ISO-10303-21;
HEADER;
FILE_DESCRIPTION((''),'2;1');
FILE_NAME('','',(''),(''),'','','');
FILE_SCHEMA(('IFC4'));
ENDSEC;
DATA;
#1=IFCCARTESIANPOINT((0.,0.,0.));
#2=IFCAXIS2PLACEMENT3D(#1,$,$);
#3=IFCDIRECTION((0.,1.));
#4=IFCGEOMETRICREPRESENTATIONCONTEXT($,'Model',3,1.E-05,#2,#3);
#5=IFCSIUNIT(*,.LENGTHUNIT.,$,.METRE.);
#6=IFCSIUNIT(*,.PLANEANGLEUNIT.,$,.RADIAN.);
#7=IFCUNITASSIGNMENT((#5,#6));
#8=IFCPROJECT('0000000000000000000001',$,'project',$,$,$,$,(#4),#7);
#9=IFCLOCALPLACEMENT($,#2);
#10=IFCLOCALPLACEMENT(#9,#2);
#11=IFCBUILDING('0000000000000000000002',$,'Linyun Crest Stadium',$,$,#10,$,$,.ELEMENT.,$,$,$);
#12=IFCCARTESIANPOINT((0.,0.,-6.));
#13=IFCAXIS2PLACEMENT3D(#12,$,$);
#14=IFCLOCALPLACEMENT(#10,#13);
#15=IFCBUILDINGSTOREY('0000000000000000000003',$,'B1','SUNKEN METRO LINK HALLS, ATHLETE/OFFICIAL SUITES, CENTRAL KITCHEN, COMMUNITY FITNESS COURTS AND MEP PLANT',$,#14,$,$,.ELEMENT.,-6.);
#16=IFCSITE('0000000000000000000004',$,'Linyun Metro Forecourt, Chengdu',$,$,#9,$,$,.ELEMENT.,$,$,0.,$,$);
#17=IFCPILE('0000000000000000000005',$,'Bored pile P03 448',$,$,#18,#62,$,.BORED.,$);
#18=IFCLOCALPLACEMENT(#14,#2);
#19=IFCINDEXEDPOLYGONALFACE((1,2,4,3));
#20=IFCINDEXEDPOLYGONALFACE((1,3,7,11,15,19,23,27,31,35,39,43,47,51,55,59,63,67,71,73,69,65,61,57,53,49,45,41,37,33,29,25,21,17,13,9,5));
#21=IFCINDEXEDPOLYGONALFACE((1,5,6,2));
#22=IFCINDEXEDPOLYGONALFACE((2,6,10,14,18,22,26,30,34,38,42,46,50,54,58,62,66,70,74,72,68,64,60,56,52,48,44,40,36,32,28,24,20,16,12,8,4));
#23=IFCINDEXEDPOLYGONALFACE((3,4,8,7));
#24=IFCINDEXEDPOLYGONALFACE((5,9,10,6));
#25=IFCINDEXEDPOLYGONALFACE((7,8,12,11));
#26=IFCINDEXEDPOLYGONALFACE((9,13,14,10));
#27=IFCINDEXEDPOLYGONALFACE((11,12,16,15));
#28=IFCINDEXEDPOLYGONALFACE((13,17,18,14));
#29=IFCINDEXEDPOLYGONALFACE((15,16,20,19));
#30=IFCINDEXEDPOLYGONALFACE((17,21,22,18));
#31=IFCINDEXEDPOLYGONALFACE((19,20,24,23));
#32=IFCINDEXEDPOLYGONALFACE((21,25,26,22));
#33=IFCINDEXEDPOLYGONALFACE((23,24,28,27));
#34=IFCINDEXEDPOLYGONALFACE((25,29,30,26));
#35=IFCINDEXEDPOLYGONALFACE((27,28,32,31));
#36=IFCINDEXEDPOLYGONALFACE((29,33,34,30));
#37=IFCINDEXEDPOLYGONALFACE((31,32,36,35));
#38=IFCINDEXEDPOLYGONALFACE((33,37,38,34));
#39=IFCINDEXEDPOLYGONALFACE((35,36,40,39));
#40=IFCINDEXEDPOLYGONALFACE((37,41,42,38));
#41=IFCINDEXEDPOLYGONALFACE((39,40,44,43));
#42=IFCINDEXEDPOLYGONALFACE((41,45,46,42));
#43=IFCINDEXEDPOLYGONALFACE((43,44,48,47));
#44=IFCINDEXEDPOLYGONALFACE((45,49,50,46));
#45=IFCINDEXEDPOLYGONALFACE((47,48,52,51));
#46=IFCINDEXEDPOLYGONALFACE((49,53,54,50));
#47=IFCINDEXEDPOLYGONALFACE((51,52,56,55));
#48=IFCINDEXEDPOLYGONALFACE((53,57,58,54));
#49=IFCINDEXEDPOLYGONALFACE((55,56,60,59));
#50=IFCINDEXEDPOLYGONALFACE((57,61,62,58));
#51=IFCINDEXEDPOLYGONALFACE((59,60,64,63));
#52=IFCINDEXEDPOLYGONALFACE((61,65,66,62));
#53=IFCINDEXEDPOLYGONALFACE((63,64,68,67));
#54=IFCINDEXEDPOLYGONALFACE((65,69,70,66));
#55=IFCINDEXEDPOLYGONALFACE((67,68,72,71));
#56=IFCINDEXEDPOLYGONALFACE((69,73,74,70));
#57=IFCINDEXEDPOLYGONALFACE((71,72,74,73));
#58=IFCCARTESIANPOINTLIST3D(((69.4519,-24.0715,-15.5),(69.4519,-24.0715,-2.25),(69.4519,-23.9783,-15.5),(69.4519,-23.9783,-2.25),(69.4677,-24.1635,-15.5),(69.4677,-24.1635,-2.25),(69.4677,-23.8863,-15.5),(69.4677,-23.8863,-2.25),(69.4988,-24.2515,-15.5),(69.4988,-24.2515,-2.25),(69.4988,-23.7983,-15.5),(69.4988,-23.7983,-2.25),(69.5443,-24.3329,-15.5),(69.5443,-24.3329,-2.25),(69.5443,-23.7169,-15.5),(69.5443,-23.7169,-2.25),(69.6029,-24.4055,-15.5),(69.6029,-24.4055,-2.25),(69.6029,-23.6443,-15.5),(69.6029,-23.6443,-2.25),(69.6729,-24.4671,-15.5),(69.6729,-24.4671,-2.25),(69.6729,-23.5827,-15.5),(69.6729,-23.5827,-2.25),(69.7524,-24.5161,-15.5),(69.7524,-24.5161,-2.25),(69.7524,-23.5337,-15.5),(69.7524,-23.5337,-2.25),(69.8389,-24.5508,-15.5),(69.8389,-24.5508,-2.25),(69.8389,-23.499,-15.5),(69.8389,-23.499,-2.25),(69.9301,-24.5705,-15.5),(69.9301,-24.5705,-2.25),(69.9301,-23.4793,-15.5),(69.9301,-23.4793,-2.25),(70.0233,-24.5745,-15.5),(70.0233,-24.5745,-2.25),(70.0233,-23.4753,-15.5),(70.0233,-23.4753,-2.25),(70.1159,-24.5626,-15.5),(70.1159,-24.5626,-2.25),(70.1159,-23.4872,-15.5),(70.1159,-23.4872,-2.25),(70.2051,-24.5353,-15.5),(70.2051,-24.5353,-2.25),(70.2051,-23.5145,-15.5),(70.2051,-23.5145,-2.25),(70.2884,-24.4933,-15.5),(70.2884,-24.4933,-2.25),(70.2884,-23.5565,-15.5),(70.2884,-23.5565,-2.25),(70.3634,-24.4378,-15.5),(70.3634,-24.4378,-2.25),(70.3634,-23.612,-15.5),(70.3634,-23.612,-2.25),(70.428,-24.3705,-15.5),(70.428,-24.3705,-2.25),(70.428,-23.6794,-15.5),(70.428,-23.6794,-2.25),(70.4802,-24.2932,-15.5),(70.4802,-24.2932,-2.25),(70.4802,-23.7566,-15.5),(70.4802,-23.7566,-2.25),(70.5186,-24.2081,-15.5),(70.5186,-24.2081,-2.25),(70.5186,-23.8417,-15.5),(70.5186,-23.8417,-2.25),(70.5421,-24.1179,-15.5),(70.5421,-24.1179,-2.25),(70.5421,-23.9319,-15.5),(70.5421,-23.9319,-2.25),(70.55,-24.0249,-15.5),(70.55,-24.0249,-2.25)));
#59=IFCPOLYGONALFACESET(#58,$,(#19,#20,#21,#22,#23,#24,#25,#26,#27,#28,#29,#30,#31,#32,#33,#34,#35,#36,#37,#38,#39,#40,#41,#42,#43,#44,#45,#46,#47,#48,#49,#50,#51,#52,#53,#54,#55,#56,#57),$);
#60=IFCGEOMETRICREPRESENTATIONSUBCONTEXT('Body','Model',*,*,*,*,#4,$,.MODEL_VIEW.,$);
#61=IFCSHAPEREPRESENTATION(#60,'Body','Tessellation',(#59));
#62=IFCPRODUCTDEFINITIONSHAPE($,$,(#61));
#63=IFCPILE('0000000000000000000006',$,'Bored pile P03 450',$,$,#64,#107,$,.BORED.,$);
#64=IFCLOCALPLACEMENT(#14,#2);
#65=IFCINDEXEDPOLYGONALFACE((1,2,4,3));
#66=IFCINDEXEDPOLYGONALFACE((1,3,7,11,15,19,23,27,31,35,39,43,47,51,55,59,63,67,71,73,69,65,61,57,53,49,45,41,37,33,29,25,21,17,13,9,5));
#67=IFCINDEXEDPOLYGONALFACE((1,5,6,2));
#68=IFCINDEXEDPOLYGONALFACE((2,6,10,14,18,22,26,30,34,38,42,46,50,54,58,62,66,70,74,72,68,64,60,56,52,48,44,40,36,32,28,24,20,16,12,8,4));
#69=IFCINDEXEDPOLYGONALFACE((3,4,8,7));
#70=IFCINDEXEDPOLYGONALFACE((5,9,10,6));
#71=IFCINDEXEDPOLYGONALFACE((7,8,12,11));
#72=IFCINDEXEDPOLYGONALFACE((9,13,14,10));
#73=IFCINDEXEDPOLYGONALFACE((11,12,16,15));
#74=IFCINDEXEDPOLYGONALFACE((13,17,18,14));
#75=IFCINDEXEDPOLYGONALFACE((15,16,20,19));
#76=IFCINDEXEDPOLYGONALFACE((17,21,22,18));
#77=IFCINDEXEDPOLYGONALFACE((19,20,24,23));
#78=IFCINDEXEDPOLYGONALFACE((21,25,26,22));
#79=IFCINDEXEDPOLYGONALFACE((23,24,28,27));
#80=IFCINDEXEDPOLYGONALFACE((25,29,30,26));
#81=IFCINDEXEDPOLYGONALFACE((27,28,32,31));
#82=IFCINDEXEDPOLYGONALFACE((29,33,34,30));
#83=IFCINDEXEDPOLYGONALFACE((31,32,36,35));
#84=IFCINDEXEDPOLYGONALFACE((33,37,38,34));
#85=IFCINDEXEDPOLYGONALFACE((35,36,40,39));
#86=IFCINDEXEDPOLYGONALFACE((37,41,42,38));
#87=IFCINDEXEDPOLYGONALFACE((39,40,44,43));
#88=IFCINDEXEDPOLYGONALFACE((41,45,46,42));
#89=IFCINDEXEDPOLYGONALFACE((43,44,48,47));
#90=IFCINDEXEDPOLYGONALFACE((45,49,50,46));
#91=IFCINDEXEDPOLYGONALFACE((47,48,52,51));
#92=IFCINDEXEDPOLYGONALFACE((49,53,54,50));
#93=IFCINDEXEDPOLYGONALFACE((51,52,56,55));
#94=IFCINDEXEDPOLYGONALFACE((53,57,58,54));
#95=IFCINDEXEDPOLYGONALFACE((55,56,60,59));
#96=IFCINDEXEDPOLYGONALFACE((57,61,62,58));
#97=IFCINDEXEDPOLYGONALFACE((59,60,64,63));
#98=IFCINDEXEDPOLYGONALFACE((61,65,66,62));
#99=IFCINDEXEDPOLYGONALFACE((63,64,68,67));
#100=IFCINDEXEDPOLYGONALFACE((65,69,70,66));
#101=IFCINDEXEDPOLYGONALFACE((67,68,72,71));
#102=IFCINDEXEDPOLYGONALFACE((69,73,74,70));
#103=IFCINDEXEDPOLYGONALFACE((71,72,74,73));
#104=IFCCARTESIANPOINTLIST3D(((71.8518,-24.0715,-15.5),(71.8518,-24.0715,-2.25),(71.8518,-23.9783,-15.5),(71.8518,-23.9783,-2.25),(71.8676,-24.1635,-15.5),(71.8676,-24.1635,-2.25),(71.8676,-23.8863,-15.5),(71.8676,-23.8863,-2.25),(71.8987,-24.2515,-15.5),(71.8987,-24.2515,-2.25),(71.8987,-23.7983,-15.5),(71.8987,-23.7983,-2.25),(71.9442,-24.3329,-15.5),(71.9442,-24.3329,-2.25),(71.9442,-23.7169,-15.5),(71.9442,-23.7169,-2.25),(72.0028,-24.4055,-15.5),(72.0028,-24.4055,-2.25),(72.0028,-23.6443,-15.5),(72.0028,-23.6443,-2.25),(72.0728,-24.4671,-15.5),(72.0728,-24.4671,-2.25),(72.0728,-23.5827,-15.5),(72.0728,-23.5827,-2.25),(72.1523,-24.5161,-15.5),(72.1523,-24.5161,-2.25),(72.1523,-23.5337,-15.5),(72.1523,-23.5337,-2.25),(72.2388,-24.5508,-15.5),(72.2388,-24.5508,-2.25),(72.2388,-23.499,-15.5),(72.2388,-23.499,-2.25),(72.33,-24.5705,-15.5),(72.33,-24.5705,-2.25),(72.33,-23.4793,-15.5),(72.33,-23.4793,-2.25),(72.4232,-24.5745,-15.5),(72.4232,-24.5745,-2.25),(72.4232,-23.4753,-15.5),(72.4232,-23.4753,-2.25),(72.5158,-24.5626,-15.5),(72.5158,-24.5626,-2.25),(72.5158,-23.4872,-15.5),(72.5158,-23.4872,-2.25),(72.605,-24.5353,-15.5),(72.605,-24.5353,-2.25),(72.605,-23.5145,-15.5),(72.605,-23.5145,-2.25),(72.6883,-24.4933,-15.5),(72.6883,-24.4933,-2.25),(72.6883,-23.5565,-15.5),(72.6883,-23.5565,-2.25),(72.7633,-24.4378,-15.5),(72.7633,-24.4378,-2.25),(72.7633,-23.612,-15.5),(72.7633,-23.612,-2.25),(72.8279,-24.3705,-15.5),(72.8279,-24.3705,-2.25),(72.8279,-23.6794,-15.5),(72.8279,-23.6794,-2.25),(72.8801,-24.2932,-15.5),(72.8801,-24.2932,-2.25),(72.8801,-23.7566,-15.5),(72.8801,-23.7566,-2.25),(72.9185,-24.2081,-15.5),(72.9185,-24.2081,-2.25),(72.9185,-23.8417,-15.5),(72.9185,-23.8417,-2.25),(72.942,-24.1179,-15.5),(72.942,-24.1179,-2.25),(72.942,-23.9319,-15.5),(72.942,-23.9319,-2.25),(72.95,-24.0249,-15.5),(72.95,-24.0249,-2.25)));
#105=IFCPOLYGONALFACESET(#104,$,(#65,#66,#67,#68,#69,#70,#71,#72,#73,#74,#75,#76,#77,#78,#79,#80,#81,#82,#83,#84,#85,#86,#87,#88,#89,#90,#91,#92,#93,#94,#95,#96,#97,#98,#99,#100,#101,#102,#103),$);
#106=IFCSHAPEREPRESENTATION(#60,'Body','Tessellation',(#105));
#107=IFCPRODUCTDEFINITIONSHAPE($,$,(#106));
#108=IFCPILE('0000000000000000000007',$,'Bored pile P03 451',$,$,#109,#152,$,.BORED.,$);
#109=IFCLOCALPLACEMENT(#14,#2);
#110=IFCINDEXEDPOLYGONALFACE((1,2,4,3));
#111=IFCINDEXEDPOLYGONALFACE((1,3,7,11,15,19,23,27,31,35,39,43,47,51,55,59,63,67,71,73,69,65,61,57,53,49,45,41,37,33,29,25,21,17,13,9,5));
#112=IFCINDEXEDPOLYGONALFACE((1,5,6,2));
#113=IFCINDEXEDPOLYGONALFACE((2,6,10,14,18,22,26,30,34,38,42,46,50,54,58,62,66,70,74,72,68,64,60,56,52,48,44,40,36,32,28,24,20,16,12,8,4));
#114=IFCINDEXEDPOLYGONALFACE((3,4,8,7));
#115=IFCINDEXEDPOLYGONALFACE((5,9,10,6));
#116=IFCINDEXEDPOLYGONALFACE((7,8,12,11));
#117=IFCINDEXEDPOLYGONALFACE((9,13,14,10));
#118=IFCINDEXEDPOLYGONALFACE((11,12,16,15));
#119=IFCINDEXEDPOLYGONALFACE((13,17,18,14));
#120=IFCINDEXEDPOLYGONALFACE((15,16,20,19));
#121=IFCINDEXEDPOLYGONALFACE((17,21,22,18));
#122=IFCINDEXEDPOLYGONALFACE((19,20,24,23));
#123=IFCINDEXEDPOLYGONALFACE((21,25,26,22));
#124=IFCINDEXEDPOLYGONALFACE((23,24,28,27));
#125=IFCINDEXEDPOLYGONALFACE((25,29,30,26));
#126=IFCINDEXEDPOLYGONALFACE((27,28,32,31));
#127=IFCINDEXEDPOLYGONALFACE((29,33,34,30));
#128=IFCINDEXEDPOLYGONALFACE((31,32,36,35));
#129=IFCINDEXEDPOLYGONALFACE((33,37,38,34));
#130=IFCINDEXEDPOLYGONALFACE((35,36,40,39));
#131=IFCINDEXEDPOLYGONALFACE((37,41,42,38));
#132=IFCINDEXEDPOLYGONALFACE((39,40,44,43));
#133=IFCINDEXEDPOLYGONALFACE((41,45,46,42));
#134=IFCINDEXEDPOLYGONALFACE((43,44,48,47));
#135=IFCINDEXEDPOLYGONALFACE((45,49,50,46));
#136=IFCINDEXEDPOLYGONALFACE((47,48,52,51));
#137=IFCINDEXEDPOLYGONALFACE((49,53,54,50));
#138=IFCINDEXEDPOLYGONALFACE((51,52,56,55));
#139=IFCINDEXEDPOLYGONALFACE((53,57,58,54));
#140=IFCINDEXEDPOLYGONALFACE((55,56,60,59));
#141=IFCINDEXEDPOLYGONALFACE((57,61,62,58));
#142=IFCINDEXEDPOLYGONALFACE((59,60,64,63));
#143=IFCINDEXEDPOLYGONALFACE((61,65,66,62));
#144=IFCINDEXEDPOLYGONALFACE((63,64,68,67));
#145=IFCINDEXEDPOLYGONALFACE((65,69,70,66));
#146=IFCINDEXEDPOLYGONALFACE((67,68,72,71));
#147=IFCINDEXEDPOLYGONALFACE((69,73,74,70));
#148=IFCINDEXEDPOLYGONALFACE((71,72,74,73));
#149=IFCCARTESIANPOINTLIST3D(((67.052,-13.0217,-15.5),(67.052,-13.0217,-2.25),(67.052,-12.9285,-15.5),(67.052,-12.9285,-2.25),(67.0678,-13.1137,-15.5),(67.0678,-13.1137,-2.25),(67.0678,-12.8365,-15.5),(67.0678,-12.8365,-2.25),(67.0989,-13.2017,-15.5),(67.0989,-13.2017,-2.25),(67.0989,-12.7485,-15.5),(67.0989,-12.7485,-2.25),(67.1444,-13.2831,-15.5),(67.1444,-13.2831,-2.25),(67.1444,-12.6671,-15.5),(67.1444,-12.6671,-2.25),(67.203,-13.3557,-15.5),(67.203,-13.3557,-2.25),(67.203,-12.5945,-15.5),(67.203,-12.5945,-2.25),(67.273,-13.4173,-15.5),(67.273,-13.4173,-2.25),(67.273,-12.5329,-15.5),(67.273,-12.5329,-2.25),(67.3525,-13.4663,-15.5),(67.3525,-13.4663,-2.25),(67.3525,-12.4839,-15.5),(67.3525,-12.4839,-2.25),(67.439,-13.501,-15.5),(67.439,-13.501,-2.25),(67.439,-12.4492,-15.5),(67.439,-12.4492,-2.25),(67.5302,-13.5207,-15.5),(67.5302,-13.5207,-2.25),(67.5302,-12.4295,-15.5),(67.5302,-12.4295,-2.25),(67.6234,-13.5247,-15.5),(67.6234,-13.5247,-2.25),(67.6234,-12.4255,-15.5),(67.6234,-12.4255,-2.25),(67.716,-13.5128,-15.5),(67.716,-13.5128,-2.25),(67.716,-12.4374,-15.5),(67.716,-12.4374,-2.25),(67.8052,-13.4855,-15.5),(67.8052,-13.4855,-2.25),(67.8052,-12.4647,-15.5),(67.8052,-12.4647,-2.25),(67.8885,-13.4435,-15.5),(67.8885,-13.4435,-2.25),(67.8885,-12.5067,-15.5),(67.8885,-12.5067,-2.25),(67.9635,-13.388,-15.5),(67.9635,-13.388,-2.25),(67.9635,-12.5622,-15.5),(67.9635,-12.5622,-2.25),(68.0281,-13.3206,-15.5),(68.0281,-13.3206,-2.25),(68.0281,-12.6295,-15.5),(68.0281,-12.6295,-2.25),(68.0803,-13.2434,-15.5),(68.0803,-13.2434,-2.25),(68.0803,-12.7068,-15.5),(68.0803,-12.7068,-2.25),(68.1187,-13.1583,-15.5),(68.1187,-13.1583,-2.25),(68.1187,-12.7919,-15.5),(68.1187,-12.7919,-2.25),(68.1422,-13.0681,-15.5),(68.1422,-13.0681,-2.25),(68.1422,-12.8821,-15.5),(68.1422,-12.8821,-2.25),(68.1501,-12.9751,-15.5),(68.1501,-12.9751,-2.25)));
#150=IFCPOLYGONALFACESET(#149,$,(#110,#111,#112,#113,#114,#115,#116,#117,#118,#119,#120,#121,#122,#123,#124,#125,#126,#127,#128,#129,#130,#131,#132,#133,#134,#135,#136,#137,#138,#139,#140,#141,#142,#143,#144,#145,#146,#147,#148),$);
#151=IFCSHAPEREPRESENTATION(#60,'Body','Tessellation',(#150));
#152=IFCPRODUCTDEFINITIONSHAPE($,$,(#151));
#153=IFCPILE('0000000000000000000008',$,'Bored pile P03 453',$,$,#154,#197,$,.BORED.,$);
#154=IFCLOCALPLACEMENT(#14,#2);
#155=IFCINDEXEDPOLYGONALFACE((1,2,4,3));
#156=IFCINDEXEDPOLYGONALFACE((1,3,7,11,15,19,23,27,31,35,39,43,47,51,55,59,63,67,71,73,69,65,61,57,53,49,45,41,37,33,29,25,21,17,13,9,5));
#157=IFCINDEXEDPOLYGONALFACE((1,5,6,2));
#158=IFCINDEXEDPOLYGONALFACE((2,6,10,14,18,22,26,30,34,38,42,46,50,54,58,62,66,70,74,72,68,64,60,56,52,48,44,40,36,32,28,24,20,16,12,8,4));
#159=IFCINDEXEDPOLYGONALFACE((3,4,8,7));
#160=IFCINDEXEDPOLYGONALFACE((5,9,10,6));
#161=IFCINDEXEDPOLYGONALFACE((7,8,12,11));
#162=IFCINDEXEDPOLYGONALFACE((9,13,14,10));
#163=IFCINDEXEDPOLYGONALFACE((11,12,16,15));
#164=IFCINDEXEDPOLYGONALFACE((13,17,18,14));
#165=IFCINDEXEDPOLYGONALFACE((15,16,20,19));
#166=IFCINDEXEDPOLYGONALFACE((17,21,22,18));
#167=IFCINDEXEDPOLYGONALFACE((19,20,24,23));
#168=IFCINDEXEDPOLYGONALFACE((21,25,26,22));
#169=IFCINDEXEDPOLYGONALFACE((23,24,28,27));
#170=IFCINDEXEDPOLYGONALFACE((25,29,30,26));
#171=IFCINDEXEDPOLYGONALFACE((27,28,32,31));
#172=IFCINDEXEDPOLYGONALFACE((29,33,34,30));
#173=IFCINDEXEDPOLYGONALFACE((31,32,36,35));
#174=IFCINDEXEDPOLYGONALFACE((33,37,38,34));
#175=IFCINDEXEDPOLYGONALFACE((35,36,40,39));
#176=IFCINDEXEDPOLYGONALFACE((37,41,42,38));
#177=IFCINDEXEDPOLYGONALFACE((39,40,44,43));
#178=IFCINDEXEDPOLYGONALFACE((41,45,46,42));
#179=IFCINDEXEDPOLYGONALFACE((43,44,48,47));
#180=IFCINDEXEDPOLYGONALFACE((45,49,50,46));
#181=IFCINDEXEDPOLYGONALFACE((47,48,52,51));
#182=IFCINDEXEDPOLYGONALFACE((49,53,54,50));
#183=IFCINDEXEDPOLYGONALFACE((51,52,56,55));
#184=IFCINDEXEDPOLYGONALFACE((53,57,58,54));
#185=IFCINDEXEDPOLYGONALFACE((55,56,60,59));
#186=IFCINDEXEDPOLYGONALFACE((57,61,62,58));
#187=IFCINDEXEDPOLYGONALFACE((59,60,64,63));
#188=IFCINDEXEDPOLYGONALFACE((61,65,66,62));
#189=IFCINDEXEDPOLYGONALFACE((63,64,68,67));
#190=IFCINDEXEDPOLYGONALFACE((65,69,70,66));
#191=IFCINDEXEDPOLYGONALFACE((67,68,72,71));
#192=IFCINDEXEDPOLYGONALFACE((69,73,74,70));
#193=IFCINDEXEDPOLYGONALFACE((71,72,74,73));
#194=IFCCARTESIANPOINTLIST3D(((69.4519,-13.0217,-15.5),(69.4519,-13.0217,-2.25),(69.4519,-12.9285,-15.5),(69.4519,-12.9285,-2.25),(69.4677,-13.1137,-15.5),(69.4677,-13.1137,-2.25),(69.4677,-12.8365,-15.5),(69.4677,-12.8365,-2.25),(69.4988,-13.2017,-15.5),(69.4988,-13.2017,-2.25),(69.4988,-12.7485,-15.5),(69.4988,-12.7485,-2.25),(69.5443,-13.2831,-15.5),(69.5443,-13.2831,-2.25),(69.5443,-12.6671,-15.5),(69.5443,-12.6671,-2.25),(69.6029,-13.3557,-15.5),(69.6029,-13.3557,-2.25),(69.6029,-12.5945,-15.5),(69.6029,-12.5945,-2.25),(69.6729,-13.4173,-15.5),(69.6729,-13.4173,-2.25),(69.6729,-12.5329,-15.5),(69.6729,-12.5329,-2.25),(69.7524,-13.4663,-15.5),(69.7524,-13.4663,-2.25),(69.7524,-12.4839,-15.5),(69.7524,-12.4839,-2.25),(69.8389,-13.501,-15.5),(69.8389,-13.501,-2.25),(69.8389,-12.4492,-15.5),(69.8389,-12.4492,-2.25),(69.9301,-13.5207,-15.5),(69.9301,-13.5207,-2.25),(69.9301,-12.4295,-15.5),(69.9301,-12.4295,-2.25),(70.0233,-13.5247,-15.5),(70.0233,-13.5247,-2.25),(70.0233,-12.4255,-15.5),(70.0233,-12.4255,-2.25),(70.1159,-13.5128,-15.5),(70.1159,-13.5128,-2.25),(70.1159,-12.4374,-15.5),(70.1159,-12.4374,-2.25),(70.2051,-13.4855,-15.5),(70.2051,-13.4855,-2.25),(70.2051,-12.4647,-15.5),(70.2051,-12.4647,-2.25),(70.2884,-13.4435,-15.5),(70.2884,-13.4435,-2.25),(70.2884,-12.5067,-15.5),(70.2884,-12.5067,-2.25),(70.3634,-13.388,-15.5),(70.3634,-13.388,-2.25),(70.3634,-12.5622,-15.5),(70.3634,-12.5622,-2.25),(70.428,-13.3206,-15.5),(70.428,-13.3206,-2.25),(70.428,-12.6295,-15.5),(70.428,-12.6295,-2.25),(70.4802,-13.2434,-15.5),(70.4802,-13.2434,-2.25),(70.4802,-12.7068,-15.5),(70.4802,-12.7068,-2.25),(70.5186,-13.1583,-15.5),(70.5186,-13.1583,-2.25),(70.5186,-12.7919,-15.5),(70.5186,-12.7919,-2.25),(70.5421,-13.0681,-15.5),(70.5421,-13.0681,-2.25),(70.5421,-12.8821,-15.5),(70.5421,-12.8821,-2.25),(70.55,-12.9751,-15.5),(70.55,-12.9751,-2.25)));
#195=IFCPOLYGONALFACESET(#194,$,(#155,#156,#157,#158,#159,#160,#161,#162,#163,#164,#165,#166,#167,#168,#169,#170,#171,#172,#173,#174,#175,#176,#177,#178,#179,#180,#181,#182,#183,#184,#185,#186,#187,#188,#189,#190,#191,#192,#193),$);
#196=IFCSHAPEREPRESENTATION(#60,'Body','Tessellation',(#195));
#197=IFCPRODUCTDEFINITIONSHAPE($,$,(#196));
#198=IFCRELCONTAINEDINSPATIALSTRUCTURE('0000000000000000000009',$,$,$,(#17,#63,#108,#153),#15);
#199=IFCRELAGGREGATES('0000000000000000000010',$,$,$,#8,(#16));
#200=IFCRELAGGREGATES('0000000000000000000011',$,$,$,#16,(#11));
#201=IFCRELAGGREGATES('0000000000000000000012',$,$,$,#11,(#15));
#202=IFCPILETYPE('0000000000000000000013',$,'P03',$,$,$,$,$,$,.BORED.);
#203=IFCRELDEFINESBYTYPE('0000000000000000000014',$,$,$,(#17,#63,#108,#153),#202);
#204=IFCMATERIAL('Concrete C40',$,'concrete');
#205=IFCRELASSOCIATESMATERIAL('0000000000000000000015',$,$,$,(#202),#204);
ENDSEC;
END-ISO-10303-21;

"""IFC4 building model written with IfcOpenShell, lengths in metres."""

from ifc_helpers import new_model, si_unit, direction, frame, origin, origin_2d, place, context, subcontext, project, spatial, circle, extrude, material, material_profile, profile_set, type_object, element, save


model = new_model("IFC4")

# Units and contexts
model_context = context("Model", 3, precision=1e-05, world=origin(), true_north=direction((0.0, 1.0)))
body_context = subcontext(model_context, "Body", "Model", "MODEL_VIEW")
ifc_project = project(units=[si_unit("LENGTHUNIT", "METRE"), si_unit("PLANEANGLEUNIT", "RADIAN")], contexts=[model_context])

# Site, building, storey
site_placement = place(None, origin())
site = spatial("IfcSite", under=ifc_project, at=site_placement, Name="Linyun Metro Forecourt, Chengdu", CompositionType="ELEMENT", RefElevation=0.0)
building_placement = place(site_placement, origin())
building = spatial("IfcBuilding", under=site, at=building_placement, Name="Linyun Crest Stadium", CompositionType="ELEMENT")
storey_placement = place(building_placement, frame((0.0, 0.0, -6.0)))
storey = spatial("IfcBuildingStorey", under=building, at=storey_placement, Name="B1", Description="SUNKEN METRO LINK HALLS, ATHLETE/OFFICIAL SUITES, CENTRAL KITCHEN, COMMUNITY FITNESS COURTS AND MEP PLANT", CompositionType="ELEMENT", Elevation=-6.0)

# Piles
ifc_material_1 = material(Name="Concrete C40", Category="concrete")
ifc_material_profile_1 = material_profile(ifc_material_1, circle(Radius=0.55, at=origin_2d()), Name="BORED PILE 1100")
ifc_profile_set_1 = profile_set([ifc_material_profile_1], Name="Concrete C40")
pile_type = type_object("IfcPileType", Name="P03", PredefinedType="BORED", material=ifc_profile_set_1)
for number, where, z_axis, x_axis, name in (
    (1, (70.0, -24.0249, -2.25), (0.0, 0.0, -1.0), (1.0, 0.0, 0.0), "Bored pile P03 448"),
    (2, (72.3999, -24.0249, -2.25), (0.0, 0.0, -1.0), (1.0, 0.0, 0.0), "Bored pile P03 450"),
    (3, (67.6001, -12.9751, -2.25), (0.0, 0.0, -1.0), (1.0, 0.0, 0.0), "Bored pile P03 451"),
    (4, (70.0, -12.9751, -2.25), (0.0, 0.0, -1.0), (1.0, 0.0, 0.0), "Bored pile P03 453"),
):
    element("IfcPile", number, at=place(storey_placement, frame(where, z_axis=z_axis, x_axis=x_axis)), inside=storey, type_object=pile_type, Name=name, PredefinedType="BORED", context=body_context, shape_type="SweptSolid", body=[
        extrude(circle(Radius=0.55, at=origin_2d()), origin(), (0.0, 0.0, 1.0), 13.25),
    ])

save(model, "model.ifc")
